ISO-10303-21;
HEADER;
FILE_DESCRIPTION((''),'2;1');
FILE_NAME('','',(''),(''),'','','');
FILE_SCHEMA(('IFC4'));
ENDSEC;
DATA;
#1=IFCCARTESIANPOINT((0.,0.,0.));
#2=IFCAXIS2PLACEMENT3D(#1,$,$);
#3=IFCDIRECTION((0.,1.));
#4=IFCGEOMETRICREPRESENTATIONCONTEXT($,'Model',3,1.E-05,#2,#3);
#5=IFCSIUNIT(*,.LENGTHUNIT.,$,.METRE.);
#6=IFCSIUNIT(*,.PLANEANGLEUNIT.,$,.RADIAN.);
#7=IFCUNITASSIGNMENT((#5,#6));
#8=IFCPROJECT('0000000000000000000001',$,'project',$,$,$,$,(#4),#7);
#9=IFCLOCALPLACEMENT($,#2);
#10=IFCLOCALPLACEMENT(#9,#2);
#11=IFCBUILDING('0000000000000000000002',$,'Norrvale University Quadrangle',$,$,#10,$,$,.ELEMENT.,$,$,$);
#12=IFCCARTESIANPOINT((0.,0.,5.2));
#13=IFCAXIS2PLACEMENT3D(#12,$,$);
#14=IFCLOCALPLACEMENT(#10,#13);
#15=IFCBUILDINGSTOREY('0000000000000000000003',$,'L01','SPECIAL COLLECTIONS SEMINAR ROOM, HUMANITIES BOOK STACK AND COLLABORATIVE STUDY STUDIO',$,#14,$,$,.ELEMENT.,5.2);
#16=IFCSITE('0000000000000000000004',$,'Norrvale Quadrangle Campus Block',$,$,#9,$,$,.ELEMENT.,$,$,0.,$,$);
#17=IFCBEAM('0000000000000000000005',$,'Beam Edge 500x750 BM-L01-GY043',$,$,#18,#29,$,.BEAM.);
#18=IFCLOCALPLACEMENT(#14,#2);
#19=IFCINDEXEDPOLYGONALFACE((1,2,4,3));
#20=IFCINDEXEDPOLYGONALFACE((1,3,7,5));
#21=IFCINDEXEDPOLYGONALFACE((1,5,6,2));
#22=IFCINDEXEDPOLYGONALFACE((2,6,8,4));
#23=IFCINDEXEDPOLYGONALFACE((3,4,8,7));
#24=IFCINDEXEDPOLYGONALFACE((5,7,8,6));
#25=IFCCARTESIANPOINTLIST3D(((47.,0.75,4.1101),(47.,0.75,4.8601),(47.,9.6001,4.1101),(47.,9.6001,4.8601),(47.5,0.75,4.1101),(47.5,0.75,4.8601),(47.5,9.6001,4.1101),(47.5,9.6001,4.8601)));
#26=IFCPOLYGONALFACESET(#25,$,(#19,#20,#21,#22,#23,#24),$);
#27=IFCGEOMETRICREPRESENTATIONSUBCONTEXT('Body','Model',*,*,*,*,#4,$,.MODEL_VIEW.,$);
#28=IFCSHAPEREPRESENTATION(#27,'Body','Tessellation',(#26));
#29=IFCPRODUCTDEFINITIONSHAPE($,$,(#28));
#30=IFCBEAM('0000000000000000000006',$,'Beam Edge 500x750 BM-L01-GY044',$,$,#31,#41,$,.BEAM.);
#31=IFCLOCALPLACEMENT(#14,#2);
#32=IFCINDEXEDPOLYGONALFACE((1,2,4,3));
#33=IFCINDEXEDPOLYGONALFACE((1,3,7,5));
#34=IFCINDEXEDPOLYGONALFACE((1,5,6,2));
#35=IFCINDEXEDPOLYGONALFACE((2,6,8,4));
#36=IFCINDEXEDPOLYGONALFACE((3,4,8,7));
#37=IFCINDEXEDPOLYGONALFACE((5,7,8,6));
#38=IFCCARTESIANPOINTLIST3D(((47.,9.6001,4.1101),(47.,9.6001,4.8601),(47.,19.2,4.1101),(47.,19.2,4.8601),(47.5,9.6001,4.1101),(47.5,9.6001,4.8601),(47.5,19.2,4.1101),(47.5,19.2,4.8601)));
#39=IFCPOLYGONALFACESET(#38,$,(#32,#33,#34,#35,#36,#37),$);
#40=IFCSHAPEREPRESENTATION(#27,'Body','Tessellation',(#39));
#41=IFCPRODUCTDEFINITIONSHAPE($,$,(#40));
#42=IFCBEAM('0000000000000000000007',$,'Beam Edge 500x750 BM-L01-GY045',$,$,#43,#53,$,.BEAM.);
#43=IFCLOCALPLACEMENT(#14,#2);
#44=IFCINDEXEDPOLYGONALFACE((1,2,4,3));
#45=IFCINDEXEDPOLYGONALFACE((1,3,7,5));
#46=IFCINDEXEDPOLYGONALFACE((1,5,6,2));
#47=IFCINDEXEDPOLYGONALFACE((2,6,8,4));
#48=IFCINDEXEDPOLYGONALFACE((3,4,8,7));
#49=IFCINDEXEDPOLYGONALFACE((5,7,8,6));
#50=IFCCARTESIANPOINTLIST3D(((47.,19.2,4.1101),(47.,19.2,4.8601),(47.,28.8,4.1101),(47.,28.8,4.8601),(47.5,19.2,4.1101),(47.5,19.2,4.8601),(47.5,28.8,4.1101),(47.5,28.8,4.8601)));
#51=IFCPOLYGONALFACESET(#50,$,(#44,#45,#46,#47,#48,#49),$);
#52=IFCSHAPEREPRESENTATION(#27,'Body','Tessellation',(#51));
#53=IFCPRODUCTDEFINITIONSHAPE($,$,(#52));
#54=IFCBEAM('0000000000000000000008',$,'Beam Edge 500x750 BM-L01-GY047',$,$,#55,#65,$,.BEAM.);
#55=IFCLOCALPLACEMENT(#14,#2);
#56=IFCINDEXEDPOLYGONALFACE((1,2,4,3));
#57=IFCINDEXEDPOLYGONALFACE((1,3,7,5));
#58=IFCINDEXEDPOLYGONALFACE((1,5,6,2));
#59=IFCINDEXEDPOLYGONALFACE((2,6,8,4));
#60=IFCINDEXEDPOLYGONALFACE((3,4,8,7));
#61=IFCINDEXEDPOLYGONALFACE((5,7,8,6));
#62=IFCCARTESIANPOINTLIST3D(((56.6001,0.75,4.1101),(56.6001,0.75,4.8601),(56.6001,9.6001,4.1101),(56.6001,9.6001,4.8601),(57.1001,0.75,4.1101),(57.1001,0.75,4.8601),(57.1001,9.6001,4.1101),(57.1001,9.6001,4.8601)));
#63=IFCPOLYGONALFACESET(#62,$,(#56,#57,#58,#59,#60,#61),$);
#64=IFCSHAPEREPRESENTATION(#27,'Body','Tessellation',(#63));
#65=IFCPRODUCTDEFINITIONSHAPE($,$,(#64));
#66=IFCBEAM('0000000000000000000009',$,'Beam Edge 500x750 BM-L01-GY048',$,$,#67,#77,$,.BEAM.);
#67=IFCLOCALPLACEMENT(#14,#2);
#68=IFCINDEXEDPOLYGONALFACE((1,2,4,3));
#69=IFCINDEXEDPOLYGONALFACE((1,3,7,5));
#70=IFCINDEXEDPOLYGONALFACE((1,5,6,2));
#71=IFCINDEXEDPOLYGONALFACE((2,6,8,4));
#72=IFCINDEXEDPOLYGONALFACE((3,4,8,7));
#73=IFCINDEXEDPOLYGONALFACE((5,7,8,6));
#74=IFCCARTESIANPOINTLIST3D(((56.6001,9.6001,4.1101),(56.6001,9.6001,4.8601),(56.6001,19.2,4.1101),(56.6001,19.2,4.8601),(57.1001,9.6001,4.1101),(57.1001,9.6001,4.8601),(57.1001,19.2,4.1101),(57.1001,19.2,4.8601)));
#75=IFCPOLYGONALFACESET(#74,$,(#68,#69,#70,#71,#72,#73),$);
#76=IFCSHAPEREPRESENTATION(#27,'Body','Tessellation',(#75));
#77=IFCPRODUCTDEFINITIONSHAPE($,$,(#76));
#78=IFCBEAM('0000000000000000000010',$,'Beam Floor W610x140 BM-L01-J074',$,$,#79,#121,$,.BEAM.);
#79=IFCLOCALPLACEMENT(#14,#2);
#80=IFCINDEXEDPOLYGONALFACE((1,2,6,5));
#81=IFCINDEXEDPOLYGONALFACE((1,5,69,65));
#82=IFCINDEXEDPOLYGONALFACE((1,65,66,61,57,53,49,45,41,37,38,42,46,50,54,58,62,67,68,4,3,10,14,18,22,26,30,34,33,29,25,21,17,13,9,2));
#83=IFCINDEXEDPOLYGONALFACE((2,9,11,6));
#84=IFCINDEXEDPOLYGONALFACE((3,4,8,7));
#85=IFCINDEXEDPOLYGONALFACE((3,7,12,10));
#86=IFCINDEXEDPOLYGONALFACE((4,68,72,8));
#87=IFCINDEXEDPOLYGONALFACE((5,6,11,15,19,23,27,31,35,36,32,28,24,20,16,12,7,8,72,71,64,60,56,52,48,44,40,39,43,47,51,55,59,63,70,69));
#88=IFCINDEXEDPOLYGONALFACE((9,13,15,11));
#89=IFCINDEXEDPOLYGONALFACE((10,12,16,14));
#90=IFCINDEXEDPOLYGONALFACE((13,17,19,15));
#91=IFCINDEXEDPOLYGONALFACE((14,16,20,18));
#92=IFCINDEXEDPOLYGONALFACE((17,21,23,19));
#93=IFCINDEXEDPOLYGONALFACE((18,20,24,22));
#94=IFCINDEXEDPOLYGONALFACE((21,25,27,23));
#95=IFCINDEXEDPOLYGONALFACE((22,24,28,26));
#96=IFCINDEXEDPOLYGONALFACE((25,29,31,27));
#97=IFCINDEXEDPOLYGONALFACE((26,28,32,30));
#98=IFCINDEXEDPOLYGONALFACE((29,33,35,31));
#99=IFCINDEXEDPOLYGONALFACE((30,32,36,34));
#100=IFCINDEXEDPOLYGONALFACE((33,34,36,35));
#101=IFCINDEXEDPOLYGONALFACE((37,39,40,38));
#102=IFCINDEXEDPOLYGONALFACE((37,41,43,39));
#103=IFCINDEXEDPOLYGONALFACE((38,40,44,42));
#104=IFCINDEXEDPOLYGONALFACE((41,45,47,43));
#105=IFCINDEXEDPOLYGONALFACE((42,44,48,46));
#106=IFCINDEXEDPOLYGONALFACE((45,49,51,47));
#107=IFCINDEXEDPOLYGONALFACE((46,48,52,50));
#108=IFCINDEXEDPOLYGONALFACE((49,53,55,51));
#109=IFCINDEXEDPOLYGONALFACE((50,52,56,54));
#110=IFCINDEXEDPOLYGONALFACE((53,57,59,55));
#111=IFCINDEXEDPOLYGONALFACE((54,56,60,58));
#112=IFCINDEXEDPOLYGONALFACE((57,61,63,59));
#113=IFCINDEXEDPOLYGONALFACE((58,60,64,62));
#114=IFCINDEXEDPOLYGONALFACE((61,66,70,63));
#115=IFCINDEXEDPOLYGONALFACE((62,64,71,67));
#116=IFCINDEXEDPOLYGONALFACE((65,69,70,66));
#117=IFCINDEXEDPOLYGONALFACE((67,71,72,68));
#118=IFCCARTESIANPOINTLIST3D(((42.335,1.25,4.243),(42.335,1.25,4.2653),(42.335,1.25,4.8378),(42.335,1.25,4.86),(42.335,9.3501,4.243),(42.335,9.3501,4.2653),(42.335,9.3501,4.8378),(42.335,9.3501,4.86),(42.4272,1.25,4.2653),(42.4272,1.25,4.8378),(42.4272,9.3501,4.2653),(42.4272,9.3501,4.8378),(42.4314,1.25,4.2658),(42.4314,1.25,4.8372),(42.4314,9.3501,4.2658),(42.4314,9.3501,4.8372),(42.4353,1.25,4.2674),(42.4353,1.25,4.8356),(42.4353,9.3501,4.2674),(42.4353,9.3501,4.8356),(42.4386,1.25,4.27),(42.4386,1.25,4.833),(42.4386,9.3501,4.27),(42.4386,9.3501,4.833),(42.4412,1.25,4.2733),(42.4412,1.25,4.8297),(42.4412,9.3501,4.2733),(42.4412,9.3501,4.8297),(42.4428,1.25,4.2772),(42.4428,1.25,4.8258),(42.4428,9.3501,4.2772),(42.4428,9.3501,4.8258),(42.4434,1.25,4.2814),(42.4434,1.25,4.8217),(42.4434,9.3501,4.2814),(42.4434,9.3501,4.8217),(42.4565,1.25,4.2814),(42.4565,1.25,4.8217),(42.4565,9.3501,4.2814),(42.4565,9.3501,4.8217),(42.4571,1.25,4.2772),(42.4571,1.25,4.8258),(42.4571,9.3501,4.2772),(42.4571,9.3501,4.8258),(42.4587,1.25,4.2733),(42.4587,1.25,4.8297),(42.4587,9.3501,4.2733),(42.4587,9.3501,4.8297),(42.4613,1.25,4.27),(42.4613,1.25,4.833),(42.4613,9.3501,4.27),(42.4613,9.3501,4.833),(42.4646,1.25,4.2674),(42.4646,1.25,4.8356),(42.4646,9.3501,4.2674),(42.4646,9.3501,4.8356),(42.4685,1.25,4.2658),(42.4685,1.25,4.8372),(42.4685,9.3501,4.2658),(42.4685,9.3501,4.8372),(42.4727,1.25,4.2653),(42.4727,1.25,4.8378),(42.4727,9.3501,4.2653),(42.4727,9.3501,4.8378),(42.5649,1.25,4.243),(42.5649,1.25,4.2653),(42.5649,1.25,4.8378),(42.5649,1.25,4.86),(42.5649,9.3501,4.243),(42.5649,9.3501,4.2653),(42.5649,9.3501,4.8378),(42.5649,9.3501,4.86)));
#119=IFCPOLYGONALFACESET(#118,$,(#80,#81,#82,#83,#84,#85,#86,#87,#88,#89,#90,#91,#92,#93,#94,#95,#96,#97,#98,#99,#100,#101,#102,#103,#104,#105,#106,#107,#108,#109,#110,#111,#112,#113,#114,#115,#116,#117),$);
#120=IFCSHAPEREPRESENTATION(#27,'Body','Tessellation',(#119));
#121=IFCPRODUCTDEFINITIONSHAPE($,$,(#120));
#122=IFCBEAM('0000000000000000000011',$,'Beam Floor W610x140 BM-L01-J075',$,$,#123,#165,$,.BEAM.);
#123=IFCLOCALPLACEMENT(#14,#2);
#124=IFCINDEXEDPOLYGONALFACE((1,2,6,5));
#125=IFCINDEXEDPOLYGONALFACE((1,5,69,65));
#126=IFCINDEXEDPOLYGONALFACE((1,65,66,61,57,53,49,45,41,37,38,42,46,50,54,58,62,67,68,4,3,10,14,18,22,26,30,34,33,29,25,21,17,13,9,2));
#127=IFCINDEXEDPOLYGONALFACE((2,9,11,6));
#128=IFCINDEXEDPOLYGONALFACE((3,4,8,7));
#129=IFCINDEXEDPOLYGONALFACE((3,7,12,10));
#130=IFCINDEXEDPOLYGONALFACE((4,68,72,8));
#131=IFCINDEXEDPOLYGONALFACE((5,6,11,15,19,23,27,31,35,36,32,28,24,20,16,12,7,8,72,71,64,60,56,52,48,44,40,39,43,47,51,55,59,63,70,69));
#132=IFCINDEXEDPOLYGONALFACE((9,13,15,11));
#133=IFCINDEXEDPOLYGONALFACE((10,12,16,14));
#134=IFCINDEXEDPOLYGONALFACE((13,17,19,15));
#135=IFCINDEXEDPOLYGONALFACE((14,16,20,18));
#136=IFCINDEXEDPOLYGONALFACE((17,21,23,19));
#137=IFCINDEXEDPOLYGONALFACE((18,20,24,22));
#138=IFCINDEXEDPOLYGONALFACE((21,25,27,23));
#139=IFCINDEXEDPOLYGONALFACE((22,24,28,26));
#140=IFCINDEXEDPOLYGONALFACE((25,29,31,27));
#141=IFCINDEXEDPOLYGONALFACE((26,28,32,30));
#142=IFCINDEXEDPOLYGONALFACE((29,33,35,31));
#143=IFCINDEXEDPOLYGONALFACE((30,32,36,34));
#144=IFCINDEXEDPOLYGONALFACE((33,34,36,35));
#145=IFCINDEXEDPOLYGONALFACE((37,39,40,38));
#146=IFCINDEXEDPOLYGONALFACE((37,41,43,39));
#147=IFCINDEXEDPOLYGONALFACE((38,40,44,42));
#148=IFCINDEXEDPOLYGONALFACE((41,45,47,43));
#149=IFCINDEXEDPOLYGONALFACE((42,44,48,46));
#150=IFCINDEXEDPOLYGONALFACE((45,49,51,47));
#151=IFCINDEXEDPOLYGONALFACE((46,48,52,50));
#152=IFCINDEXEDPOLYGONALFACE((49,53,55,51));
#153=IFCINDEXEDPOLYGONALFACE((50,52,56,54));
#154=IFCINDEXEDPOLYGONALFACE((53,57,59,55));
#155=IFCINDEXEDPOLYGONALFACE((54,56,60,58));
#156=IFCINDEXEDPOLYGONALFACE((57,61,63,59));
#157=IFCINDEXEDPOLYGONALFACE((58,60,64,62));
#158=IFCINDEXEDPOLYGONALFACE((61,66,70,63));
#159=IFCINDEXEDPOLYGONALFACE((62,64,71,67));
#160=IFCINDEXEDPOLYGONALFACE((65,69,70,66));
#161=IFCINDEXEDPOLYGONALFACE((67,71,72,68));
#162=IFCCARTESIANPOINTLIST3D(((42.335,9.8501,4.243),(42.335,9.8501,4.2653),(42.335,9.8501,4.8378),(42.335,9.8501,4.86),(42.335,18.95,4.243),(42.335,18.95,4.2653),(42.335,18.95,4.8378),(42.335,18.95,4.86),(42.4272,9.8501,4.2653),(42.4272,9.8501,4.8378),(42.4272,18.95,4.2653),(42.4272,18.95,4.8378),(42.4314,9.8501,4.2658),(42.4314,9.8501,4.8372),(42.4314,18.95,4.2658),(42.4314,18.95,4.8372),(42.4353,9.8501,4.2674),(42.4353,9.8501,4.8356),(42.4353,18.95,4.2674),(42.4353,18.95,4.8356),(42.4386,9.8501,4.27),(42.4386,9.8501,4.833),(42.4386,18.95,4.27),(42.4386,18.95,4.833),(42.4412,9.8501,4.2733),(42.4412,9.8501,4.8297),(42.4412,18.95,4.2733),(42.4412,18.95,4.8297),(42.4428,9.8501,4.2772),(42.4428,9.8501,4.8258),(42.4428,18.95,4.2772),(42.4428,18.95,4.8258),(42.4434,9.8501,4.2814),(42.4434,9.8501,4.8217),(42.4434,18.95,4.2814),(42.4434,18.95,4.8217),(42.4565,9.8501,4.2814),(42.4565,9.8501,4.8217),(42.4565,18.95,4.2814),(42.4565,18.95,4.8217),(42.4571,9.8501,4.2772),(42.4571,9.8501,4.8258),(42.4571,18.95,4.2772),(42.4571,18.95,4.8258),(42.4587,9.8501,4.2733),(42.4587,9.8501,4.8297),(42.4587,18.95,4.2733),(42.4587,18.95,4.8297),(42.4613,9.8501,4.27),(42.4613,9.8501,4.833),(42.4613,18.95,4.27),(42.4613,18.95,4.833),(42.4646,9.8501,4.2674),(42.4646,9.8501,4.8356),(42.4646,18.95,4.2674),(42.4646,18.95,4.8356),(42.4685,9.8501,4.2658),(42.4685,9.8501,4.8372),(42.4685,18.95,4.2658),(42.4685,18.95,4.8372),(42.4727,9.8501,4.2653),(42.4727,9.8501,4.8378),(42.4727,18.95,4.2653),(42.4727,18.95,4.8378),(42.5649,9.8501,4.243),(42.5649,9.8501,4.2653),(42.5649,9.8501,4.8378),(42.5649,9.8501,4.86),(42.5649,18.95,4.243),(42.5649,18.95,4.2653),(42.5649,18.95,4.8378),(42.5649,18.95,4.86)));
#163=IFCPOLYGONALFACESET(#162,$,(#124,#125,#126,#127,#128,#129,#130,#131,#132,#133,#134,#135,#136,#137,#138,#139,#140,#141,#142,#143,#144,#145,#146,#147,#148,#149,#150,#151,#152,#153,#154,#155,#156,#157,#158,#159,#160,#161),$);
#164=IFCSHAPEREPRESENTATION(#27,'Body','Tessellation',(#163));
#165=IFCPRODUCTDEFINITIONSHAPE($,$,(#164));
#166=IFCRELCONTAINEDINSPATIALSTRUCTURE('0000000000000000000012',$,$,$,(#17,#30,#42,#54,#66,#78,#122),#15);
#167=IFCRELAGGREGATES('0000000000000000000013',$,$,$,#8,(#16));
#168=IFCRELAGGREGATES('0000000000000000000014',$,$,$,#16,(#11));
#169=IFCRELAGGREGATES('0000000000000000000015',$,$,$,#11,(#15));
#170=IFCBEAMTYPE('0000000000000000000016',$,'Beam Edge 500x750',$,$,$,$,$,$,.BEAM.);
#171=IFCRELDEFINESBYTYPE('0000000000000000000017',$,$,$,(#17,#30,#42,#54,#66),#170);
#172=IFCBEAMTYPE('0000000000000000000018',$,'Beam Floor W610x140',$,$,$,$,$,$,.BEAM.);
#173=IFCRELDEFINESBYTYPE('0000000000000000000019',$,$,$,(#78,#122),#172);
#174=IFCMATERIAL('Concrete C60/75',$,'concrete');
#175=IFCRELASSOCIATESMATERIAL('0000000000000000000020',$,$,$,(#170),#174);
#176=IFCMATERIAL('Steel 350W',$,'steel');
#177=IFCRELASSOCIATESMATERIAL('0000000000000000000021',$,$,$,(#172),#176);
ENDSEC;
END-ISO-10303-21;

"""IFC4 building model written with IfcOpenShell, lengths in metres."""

from ifc_helpers import new_model, si_unit, direction, frame, origin, origin_2d, place, context, subcontext, project, spatial, rectangle, i_section, extrude, material, material_profile, profile_set, type_object, element, save


model = new_model("IFC4")

# Units and contexts
model_context = context("Model", 3, precision=1e-05, world=origin(), true_north=direction((0.0, 1.0)))
body_context = subcontext(model_context, "Body", "Model", "MODEL_VIEW")
ifc_project = project(units=[si_unit("LENGTHUNIT", "METRE"), si_unit("PLANEANGLEUNIT", "RADIAN")], contexts=[model_context])

# Site, building, storey
site_placement = place(None, origin())
site = spatial("IfcSite", under=ifc_project, at=site_placement, Name="Norrvale Quadrangle Campus Block", CompositionType="ELEMENT", RefElevation=0.0)
building_placement = place(site_placement, origin())
building = spatial("IfcBuilding", under=site, at=building_placement, Name="Norrvale University Quadrangle", CompositionType="ELEMENT")
storey_placement = place(building_placement, frame((0.0, 0.0, 5.2)))
storey = spatial("IfcBuildingStorey", under=building, at=storey_placement, Name="L01", Description="SPECIAL COLLECTIONS SEMINAR ROOM, HUMANITIES BOOK STACK AND COLLABORATIVE STUDY STUDIO", CompositionType="ELEMENT", Elevation=5.2)

# Beams
ifc_material_1 = material(Name="Concrete C60/75", Category="concrete")
ifc_material_profile_1 = material_profile(ifc_material_1, rectangle(XDim=0.5, YDim=0.75, at=origin_2d()), Name="Concrete C60/75")
ifc_profile_set_1 = profile_set([ifc_material_profile_1], Name="Concrete C60/75")
beam_type_1 = type_object("IfcBeamType", Name="Beam Edge 500x750", PredefinedType="BEAM", material=ifc_profile_set_1)
beam_1_placement = place(storey_placement, frame((47.25, 0.75, 4.4851), z_axis=(0.0, 1.0, 0.0), x_axis=(-1.0, 0.0, 0.0)))
element("IfcBeam", 1, at=beam_1_placement, inside=storey, type_object=beam_type_1, Name="Beam Edge 500x750 BM-L01-GY043", PredefinedType="BEAM", context=body_context, shape_type="SweptSolid", body=[
    extrude(rectangle(XDim=0.5, YDim=0.75, at=origin_2d()), origin(), (0.0, 0.0, 1.0), 8.8501),
])
beam_2_placement = place(storey_placement, frame((47.25, 9.6001, 4.4851), z_axis=(0.0, 1.0, 0.0), x_axis=(-1.0, 0.0, 0.0)))
element("IfcBeam", 2, at=beam_2_placement, inside=storey, type_object=beam_type_1, Name="Beam Edge 500x750 BM-L01-GY044", PredefinedType="BEAM", context=body_context, shape_type="SweptSolid", body=[
    extrude(rectangle(XDim=0.5, YDim=0.75, at=origin_2d()), origin(), (0.0, 0.0, 1.0), 9.5999),
])
beam_3_placement = place(storey_placement, frame((47.25, 19.2, 4.4851), z_axis=(0.0, 1.0, 0.0), x_axis=(-1.0, 0.0, 0.0)))
element("IfcBeam", 3, at=beam_3_placement, inside=storey, type_object=beam_type_1, Name="Beam Edge 500x750 BM-L01-GY045", PredefinedType="BEAM", context=body_context, shape_type="SweptSolid", body=[
    extrude(rectangle(XDim=0.5, YDim=0.75, at=origin_2d()), origin(), (0.0, 0.0, 1.0), 9.6001),
])
beam_4_placement = place(storey_placement, frame((56.8501, 0.75, 4.4851), z_axis=(0.0, 1.0, 0.0), x_axis=(-1.0, 0.0, 0.0)))
element("IfcBeam", 4, at=beam_4_placement, inside=storey, type_object=beam_type_1, Name="Beam Edge 500x750 BM-L01-GY047", PredefinedType="BEAM", context=body_context, shape_type="SweptSolid", body=[
    extrude(rectangle(XDim=0.5, YDim=0.75, at=origin_2d()), origin(), (0.0, 0.0, 1.0), 8.8501),
])
beam_5_placement = place(storey_placement, frame((56.8501, 9.6001, 4.4851), z_axis=(0.0, 1.0, 0.0), x_axis=(-1.0, 0.0, 0.0)))
element("IfcBeam", 5, at=beam_5_placement, inside=storey, type_object=beam_type_1, Name="Beam Edge 500x750 BM-L01-GY048", PredefinedType="BEAM", context=body_context, shape_type="SweptSolid", body=[
    extrude(rectangle(XDim=0.5, YDim=0.75, at=origin_2d()), origin(), (0.0, 0.0, 1.0), 9.5999),
])
ifc_material_2 = material(Name="Steel 350W", Category="steel")
ifc_material_profile_2 = material_profile(ifc_material_2, i_section(OverallWidth=0.23, OverallDepth=0.6169, WebThickness=0.0132, FlangeThickness=0.0222, FilletRadius=0.0161, at=origin_2d()), Name="Steel 350W")
ifc_profile_set_2 = profile_set([ifc_material_profile_2], Name="Steel 350W")
beam_type_2 = type_object("IfcBeamType", Name="Beam Floor W610x140", PredefinedType="BEAM", material=ifc_profile_set_2)
beam_6_placement = place(storey_placement, frame((42.45, 1.25, 4.5515), z_axis=(0.0, 1.0, 0.0), x_axis=(-1.0, 0.0, 0.0)))
element("IfcBeam", 6, at=beam_6_placement, inside=storey, type_object=beam_type_2, Name="Beam Floor W610x140 BM-L01-J074", PredefinedType="BEAM", context=body_context, shape_type="SweptSolid", body=[
    extrude(i_section(OverallWidth=0.23, OverallDepth=0.6169, WebThickness=0.0132, FlangeThickness=0.0222, FilletRadius=0.0161, at=origin_2d()), origin(), (0.0, 0.0, 1.0), 8.1001),
])
beam_7_placement = place(storey_placement, frame((42.45, 9.8501, 4.5515), z_axis=(0.0, 1.0, 0.0), x_axis=(-1.0, 0.0, 0.0)))
element("IfcBeam", 7, at=beam_7_placement, inside=storey, type_object=beam_type_2, Name="Beam Floor W610x140 BM-L01-J075", PredefinedType="BEAM", context=body_context, shape_type="SweptSolid", body=[
    extrude(i_section(OverallWidth=0.23, OverallDepth=0.6169, WebThickness=0.0132, FlangeThickness=0.0222, FilletRadius=0.0161, at=origin_2d()), origin(), (0.0, 0.0, 1.0), 9.0999),
])

save(model, "model.ifc")
